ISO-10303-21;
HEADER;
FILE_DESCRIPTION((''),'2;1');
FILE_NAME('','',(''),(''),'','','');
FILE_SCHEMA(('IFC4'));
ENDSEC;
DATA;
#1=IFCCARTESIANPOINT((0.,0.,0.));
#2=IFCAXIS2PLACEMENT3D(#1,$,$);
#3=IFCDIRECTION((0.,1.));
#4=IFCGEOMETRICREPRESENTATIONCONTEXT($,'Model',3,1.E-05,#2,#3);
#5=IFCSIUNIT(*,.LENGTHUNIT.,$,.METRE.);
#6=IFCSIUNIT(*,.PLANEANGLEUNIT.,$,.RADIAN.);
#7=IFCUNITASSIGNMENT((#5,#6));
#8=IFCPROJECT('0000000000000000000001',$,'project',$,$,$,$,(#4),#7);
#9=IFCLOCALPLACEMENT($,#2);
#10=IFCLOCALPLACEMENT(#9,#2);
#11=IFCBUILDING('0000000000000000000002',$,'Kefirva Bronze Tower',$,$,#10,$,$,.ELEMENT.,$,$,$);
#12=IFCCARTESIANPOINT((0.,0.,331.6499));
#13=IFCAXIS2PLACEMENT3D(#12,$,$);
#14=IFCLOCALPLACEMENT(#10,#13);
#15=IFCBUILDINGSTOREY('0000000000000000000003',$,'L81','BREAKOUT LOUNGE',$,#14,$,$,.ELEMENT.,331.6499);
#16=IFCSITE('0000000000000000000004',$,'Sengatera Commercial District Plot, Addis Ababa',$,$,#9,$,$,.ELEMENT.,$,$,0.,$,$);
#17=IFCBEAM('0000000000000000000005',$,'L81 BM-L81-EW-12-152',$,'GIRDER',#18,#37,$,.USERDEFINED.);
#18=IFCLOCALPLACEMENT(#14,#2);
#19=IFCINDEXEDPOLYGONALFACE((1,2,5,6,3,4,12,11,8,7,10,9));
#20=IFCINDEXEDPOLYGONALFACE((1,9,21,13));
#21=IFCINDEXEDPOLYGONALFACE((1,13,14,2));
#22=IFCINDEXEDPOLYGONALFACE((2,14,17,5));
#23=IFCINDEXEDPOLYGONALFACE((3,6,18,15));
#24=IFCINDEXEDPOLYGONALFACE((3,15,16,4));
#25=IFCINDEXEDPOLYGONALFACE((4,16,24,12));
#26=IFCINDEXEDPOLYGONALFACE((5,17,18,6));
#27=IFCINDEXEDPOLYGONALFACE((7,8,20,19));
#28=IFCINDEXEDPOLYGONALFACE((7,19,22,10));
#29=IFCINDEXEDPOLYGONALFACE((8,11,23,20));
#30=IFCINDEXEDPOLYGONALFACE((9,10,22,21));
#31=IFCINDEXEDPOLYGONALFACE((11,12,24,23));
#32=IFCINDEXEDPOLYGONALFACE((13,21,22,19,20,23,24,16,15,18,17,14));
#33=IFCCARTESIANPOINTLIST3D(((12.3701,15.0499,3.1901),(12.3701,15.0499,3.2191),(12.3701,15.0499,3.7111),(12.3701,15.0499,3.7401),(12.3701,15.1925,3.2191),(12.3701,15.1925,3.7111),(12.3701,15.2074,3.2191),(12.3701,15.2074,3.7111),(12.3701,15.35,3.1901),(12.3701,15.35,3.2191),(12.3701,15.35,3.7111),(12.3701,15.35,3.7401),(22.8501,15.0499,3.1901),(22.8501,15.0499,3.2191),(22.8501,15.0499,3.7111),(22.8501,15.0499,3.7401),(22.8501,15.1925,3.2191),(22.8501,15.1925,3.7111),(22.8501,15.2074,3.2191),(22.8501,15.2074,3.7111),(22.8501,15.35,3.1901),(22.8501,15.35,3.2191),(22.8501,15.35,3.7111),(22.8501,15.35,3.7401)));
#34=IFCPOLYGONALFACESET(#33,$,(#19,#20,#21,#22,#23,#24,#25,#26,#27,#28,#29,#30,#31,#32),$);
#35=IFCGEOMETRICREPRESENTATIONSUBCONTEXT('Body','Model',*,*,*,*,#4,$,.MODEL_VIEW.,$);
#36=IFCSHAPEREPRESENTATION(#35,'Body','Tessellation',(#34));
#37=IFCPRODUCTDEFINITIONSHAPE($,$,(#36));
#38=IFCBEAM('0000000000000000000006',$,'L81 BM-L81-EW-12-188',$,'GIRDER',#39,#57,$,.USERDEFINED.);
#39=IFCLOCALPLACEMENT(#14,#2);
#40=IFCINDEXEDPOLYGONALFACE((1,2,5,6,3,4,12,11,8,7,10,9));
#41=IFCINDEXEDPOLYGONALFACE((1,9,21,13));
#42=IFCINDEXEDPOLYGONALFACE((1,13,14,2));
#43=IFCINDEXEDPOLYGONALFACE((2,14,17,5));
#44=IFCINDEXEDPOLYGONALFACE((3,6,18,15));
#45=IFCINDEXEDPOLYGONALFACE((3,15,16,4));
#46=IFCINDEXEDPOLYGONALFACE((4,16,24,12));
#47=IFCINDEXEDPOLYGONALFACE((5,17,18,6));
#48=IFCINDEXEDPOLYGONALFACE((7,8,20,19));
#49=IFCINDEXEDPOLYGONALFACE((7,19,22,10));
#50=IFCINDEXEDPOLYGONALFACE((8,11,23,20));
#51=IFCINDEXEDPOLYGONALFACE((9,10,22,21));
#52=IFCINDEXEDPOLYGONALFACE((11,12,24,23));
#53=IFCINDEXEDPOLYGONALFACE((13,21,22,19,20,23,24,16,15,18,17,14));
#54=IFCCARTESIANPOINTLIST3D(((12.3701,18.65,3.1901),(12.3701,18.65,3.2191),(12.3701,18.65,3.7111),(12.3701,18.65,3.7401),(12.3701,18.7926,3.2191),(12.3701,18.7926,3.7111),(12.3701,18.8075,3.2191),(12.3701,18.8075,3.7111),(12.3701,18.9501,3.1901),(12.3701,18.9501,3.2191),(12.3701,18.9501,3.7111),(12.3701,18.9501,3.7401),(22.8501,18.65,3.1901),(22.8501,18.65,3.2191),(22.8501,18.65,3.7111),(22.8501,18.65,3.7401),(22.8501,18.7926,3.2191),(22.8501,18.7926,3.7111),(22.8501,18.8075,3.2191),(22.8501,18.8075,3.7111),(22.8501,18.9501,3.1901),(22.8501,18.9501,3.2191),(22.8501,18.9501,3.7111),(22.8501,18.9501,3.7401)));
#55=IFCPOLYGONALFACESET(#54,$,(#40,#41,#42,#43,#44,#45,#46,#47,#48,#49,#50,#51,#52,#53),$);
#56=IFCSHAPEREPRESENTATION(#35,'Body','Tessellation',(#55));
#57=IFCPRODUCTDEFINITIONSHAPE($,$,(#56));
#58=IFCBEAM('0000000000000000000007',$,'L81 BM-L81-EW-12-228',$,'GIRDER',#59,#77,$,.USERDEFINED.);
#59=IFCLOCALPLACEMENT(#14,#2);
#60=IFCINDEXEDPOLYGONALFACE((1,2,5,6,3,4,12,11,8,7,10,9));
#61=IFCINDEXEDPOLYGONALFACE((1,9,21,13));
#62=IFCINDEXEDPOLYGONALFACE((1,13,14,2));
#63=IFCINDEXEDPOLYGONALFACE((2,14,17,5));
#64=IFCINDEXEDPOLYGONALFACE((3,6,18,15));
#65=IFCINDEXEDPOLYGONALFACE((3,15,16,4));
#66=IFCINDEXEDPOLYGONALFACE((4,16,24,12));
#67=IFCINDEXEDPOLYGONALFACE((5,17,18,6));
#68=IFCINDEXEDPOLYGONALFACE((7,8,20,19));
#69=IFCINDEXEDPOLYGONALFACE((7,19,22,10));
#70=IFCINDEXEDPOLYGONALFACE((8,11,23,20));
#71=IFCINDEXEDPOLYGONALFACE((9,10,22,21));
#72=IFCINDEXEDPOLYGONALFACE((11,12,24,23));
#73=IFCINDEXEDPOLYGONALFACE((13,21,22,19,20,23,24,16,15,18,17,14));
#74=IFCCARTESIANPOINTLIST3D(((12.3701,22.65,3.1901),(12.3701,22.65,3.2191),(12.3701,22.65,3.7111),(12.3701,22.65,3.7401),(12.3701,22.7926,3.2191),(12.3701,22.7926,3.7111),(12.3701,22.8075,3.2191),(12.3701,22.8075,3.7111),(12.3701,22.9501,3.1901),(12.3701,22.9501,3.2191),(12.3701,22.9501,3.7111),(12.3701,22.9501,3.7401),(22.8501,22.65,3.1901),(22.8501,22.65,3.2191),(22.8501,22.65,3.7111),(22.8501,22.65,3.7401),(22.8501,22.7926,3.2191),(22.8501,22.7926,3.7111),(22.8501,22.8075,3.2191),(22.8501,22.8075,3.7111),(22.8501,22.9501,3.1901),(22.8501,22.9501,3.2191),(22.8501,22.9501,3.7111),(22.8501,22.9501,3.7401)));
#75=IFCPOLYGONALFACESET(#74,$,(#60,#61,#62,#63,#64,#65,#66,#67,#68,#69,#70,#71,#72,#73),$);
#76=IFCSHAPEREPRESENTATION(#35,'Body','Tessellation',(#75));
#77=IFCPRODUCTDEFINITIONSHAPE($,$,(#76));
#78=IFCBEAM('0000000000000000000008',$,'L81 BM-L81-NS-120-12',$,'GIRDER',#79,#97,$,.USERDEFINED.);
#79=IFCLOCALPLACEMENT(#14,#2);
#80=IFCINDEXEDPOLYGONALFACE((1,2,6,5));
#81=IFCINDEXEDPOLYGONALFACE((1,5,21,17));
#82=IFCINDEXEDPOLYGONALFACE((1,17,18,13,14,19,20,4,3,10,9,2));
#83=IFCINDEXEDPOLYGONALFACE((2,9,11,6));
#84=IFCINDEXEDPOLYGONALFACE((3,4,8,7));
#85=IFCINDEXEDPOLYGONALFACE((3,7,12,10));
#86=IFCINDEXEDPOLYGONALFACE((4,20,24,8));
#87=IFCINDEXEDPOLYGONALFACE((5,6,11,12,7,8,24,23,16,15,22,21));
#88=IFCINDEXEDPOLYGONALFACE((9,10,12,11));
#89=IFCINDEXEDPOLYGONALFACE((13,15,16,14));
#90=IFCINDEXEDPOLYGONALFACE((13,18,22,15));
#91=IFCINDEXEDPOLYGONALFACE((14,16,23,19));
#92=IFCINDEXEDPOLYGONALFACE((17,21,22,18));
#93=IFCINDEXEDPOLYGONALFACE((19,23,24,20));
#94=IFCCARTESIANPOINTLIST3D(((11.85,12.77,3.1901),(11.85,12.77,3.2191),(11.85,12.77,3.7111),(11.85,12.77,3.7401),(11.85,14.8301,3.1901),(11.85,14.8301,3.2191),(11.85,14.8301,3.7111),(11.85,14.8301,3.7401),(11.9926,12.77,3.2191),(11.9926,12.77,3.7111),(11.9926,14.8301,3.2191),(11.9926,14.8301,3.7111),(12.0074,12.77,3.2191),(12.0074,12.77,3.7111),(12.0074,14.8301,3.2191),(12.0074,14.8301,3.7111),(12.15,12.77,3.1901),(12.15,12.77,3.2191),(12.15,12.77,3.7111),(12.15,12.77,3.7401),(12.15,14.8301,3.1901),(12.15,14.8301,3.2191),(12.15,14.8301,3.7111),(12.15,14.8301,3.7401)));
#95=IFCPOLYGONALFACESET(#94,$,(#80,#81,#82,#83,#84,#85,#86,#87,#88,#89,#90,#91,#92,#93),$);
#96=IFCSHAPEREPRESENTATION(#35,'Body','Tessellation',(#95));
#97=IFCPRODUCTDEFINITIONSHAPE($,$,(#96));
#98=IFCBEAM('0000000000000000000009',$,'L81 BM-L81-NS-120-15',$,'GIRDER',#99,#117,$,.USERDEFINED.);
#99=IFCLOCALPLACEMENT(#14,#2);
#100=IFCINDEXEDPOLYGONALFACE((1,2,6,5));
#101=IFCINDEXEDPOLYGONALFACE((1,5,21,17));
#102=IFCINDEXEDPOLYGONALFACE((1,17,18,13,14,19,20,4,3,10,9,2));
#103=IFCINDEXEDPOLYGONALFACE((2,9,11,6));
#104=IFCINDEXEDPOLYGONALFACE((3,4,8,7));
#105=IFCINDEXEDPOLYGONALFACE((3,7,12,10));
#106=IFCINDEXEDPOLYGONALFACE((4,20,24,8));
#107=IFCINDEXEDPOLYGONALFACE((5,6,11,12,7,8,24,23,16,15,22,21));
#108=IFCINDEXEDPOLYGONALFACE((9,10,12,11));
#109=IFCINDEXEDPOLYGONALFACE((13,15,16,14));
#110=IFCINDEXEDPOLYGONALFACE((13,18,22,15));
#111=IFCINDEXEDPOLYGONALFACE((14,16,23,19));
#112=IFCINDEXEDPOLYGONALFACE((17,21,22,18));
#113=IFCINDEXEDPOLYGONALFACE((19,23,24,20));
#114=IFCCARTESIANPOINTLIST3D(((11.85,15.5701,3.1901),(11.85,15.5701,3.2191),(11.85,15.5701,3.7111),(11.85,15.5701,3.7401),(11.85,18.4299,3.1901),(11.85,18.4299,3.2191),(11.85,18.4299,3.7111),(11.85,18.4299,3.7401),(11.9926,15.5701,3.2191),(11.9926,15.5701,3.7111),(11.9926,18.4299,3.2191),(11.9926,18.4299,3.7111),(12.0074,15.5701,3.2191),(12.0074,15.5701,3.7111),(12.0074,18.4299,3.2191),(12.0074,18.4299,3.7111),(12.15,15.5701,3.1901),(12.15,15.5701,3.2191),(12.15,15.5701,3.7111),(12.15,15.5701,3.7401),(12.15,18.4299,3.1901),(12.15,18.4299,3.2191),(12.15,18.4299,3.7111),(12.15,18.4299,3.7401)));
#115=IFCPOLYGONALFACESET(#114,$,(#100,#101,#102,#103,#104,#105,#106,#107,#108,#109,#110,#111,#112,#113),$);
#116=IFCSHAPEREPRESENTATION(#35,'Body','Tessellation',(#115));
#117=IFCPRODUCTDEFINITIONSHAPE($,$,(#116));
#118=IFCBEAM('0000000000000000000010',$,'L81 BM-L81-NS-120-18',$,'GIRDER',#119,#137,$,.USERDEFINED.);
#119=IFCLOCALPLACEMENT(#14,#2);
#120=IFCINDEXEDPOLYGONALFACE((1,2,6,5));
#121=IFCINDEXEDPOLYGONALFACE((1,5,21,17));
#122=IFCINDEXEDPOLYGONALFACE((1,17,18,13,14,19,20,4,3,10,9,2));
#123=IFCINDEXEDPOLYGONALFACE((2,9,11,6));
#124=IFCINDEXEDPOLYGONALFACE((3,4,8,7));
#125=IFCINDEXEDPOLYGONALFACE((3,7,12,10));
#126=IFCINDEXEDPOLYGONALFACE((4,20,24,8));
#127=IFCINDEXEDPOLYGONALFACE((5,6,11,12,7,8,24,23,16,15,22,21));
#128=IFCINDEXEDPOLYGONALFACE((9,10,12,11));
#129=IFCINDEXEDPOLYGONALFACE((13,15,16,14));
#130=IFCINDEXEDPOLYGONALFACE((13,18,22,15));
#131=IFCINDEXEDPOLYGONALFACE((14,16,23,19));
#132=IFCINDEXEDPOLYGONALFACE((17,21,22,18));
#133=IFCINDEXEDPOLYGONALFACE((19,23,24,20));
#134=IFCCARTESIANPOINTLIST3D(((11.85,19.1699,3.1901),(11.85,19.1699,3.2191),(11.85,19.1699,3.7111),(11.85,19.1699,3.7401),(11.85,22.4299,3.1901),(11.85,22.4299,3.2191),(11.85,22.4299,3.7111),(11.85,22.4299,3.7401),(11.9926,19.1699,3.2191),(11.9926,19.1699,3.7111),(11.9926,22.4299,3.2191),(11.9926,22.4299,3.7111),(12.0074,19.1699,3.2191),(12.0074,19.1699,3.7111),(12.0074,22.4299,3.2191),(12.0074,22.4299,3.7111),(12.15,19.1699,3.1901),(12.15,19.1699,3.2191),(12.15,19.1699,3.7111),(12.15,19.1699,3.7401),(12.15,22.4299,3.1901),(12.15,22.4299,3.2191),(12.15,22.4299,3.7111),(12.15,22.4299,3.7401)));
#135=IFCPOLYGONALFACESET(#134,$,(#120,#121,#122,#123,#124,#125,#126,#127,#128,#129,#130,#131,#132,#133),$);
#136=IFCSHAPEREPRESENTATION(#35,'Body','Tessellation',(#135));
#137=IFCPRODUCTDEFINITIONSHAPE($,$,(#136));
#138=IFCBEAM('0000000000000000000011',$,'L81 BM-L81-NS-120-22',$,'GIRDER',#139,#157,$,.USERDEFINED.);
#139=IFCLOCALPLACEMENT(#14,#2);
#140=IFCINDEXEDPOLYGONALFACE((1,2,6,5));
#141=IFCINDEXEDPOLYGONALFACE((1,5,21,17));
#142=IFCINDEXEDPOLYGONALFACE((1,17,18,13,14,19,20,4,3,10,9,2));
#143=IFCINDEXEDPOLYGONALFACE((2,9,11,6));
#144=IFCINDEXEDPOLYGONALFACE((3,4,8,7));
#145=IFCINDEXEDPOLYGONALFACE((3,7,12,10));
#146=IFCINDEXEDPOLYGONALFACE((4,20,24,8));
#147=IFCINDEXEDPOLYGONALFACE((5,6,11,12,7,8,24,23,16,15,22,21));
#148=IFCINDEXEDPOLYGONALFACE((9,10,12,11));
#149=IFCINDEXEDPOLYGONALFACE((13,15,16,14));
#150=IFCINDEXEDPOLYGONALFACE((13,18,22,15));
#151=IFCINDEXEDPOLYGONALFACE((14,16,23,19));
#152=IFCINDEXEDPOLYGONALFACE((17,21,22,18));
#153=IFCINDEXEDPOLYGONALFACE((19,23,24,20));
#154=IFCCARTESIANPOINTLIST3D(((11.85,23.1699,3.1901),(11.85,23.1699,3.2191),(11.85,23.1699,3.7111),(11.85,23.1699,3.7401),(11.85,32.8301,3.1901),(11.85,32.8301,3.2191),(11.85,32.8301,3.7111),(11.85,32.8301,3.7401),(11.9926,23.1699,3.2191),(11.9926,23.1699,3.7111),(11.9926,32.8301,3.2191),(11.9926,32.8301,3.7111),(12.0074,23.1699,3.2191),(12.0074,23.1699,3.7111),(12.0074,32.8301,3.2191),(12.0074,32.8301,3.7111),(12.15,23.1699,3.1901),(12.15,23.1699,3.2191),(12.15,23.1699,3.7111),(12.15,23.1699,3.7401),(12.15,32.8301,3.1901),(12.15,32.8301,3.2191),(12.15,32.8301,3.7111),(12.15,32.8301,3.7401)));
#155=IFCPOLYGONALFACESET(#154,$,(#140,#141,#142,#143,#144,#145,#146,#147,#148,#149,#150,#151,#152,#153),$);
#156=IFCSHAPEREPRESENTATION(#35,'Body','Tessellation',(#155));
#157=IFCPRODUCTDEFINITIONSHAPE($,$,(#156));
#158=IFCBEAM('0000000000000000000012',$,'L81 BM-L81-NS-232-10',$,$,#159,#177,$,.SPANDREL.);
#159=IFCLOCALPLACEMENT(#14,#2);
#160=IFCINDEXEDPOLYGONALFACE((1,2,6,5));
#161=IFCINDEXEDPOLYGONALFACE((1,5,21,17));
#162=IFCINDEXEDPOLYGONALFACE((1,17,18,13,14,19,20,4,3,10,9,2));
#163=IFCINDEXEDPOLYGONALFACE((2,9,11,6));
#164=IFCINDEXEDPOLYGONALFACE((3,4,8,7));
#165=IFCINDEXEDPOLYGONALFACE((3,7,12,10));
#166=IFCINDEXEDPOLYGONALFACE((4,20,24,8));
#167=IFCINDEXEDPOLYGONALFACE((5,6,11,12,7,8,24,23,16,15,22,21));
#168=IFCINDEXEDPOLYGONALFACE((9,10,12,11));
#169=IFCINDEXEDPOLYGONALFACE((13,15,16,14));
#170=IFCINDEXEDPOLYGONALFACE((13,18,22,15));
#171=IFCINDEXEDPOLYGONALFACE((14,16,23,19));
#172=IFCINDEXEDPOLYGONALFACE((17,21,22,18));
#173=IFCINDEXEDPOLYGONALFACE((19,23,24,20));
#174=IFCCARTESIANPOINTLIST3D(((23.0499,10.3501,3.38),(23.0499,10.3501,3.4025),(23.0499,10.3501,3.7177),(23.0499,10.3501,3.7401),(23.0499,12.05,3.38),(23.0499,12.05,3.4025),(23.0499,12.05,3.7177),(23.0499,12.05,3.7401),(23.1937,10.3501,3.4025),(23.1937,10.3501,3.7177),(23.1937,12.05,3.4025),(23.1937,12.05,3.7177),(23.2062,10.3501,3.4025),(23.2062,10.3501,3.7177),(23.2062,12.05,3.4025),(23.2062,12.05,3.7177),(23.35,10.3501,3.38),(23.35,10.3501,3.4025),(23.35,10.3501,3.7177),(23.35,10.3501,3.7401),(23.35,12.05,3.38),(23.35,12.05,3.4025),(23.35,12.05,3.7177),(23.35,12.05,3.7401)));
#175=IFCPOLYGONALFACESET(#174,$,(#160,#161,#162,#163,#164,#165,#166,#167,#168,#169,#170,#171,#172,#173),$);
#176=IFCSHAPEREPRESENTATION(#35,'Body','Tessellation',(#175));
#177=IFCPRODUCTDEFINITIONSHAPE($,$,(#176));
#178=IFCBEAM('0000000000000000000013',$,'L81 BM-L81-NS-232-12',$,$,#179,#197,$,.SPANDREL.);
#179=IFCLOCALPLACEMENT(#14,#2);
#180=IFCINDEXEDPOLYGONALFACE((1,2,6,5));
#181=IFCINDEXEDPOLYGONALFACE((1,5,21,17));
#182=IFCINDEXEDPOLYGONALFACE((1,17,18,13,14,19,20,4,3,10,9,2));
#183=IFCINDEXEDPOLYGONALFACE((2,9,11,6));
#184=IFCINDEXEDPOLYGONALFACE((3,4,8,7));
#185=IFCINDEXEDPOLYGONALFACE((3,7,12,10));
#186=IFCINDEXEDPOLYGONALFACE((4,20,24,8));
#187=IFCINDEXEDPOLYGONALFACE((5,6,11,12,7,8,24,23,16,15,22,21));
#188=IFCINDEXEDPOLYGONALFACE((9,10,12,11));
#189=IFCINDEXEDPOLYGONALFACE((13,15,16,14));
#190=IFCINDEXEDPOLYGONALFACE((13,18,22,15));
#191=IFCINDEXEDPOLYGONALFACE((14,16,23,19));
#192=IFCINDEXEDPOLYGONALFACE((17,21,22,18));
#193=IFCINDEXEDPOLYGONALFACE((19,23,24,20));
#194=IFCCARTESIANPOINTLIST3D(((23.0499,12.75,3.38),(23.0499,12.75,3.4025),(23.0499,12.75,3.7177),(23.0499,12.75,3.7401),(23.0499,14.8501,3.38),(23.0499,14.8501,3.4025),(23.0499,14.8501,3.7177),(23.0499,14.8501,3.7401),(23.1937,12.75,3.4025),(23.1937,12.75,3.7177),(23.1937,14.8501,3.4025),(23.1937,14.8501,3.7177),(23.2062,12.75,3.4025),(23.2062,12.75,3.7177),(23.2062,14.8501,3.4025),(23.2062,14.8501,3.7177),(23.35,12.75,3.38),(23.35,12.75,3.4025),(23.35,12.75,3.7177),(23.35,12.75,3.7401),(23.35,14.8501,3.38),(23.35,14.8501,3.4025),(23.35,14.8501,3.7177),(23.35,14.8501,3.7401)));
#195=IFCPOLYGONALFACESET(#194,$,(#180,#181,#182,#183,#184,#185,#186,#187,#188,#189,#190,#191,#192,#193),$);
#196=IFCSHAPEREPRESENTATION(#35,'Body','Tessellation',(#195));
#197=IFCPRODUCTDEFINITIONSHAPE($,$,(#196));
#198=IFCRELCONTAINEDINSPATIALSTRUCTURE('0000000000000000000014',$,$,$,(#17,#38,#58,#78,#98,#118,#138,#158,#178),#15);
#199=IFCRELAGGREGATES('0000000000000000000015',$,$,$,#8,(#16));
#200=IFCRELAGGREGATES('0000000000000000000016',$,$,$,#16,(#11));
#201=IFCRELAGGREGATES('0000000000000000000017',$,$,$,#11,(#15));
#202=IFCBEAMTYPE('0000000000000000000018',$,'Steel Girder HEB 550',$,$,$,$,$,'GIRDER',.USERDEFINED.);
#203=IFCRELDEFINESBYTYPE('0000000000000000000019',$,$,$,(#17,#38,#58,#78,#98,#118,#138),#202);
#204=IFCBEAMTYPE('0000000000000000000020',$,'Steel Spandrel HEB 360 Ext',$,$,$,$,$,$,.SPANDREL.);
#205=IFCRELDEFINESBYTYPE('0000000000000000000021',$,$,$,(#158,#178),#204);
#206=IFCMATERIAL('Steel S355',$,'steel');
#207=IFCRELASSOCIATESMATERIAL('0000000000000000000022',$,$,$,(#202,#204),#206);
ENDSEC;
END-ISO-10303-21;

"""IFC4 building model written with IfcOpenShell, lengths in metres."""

from ifc_helpers import new_model, si_unit, direction, frame, origin, origin_2d, place, context, subcontext, project, spatial, i_section, extrude, material, material_profile, profile_set, type_object, element, save


model = new_model("IFC4")

# Units and contexts
model_context = context("Model", 3, precision=1e-05, world=origin(), true_north=direction((0.0, 1.0)))
body_context = subcontext(model_context, "Body", "Model", "MODEL_VIEW")
ifc_project = project(units=[si_unit("LENGTHUNIT", "METRE"), si_unit("PLANEANGLEUNIT", "RADIAN")], contexts=[model_context])

# Site, building, storey
site_placement = place(None, origin())
site = spatial("IfcSite", under=ifc_project, at=site_placement, Name="Sengatera Commercial District Plot, Addis Ababa", CompositionType="ELEMENT", RefElevation=0.0)
building_placement = place(site_placement, origin())
building = spatial("IfcBuilding", under=site, at=building_placement, Name="Kefirva Bronze Tower", CompositionType="ELEMENT")
storey_placement = place(building_placement, frame((0.0, 0.0, 331.6499)))
storey = spatial("IfcBuildingStorey", under=building, at=storey_placement, Name="L81", Description="BREAKOUT LOUNGE", CompositionType="ELEMENT", Elevation=331.6499)

# Beams
ifc_material_1 = material(Name="Steel S355", Category="steel")
ifc_material_profile_1 = material_profile(ifc_material_1, i_section(OverallWidth=0.3, OverallDepth=0.55, WebThickness=0.0149, FlangeThickness=0.0291, at=origin_2d()), Name="HEB 550")
ifc_profile_set_1 = profile_set([ifc_material_profile_1], Name="Steel S355")
beam_type_1 = type_object("IfcBeamType", Name="Steel Girder HEB 550", ElementType="GIRDER", PredefinedType="USERDEFINED", material=ifc_profile_set_1)
for number, where, z_axis, x_axis, name in (
    (1, (12.3701, 15.2, 3.4651), (1.0, 0.0, 0.0), (0.0, 1.0, 0.0), "L81 BM-L81-EW-12-152"),
    (2, (12.3701, 18.8, 3.4651), (1.0, 0.0, 0.0), (0.0, 1.0, 0.0), "L81 BM-L81-EW-12-188"),
    (3, (12.3701, 22.8, 3.4651), (1.0, 0.0, 0.0), (0.0, 1.0, 0.0), "L81 BM-L81-EW-12-228"),
):
    element("IfcBeam", number, at=place(storey_placement, frame(where, z_axis=z_axis, x_axis=x_axis)), inside=storey, type_object=beam_type_1, Name=name, ObjectType="GIRDER", PredefinedType="USERDEFINED", context=body_context, shape_type="SweptSolid", body=[
        extrude(i_section(OverallWidth=0.3, OverallDepth=0.55, WebThickness=0.0149, FlangeThickness=0.0291, at=origin_2d()), origin(), (0.0, 0.0, 1.0), 10.48),
    ])
beam_1_placement = place(storey_placement, frame((12.0, 12.77, 3.4651), z_axis=(0.0, 1.0, 0.0), x_axis=(-1.0, 0.0, 0.0)))
element("IfcBeam", 4, at=beam_1_placement, inside=storey, type_object=beam_type_1, Name="L81 BM-L81-NS-120-12", ObjectType="GIRDER", PredefinedType="USERDEFINED", context=body_context, shape_type="SweptSolid", body=[
    extrude(i_section(OverallWidth=0.3, OverallDepth=0.55, WebThickness=0.0149, FlangeThickness=0.0291, at=origin_2d()), origin(), (0.0, 0.0, 1.0), 2.0601),
])
beam_2_placement = place(storey_placement, frame((12.0, 15.5701, 3.4651), z_axis=(0.0, 1.0, 0.0), x_axis=(-1.0, 0.0, 0.0)))
element("IfcBeam", 5, at=beam_2_placement, inside=storey, type_object=beam_type_1, Name="L81 BM-L81-NS-120-15", ObjectType="GIRDER", PredefinedType="USERDEFINED", context=body_context, shape_type="SweptSolid", body=[
    extrude(i_section(OverallWidth=0.3, OverallDepth=0.55, WebThickness=0.0149, FlangeThickness=0.0291, at=origin_2d()), origin(), (0.0, 0.0, 1.0), 2.8599),
])
beam_3_placement = place(storey_placement, frame((12.0, 19.1699, 3.4651), z_axis=(0.0, 1.0, 0.0), x_axis=(-1.0, 0.0, 0.0)))
element("IfcBeam", 6, at=beam_3_placement, inside=storey, type_object=beam_type_1, Name="L81 BM-L81-NS-120-18", ObjectType="GIRDER", PredefinedType="USERDEFINED", context=body_context, shape_type="SweptSolid", body=[
    extrude(i_section(OverallWidth=0.3, OverallDepth=0.55, WebThickness=0.0149, FlangeThickness=0.0291, at=origin_2d()), origin(), (0.0, 0.0, 1.0), 3.26),
])
beam_4_placement = place(storey_placement, frame((12.0, 23.1699, 3.4651), z_axis=(0.0, 1.0, 0.0), x_axis=(-1.0, 0.0, 0.0)))
element("IfcBeam", 7, at=beam_4_placement, inside=storey, type_object=beam_type_1, Name="L81 BM-L81-NS-120-22", ObjectType="GIRDER", PredefinedType="USERDEFINED", context=body_context, shape_type="SweptSolid", body=[
    extrude(i_section(OverallWidth=0.3, OverallDepth=0.55, WebThickness=0.0149, FlangeThickness=0.0291, at=origin_2d()), origin(), (0.0, 0.0, 1.0), 9.6602),
])
ifc_material_profile_2 = material_profile(ifc_material_1, i_section(OverallWidth=0.3, OverallDepth=0.3601, WebThickness=0.0125, FlangeThickness=0.0225, at=origin_2d()), Name="HEB 360")
ifc_profile_set_2 = profile_set([ifc_material_profile_2], Name="Steel S355")
beam_type_2 = type_object("IfcBeamType", Name="Steel Spandrel HEB 360 Ext", PredefinedType="SPANDREL", material=ifc_profile_set_2)
beam_5_placement = place(storey_placement, frame((23.2, 10.3501, 3.5601), z_axis=(0.0, 1.0, 0.0), x_axis=(-1.0, 0.0, 0.0)))
element("IfcBeam", 8, at=beam_5_placement, inside=storey, type_object=beam_type_2, Name="L81 BM-L81-NS-232-10", PredefinedType="SPANDREL", context=body_context, shape_type="SweptSolid", body=[
    extrude(i_section(OverallWidth=0.3, OverallDepth=0.3601, WebThickness=0.0125, FlangeThickness=0.0225, at=origin_2d()), origin(), (0.0, 0.0, 1.0), 1.7),
])
beam_6_placement = place(storey_placement, frame((23.2, 12.75, 3.5601), z_axis=(0.0, 1.0, 0.0), x_axis=(-1.0, 0.0, 0.0)))
element("IfcBeam", 9, at=beam_6_placement, inside=storey, type_object=beam_type_2, Name="L81 BM-L81-NS-232-12", PredefinedType="SPANDREL", context=body_context, shape_type="SweptSolid", body=[
    extrude(i_section(OverallWidth=0.3, OverallDepth=0.3601, WebThickness=0.0125, FlangeThickness=0.0225, at=origin_2d()), origin(), (0.0, 0.0, 1.0), 2.1001),
])

save(model, "model.ifc")
